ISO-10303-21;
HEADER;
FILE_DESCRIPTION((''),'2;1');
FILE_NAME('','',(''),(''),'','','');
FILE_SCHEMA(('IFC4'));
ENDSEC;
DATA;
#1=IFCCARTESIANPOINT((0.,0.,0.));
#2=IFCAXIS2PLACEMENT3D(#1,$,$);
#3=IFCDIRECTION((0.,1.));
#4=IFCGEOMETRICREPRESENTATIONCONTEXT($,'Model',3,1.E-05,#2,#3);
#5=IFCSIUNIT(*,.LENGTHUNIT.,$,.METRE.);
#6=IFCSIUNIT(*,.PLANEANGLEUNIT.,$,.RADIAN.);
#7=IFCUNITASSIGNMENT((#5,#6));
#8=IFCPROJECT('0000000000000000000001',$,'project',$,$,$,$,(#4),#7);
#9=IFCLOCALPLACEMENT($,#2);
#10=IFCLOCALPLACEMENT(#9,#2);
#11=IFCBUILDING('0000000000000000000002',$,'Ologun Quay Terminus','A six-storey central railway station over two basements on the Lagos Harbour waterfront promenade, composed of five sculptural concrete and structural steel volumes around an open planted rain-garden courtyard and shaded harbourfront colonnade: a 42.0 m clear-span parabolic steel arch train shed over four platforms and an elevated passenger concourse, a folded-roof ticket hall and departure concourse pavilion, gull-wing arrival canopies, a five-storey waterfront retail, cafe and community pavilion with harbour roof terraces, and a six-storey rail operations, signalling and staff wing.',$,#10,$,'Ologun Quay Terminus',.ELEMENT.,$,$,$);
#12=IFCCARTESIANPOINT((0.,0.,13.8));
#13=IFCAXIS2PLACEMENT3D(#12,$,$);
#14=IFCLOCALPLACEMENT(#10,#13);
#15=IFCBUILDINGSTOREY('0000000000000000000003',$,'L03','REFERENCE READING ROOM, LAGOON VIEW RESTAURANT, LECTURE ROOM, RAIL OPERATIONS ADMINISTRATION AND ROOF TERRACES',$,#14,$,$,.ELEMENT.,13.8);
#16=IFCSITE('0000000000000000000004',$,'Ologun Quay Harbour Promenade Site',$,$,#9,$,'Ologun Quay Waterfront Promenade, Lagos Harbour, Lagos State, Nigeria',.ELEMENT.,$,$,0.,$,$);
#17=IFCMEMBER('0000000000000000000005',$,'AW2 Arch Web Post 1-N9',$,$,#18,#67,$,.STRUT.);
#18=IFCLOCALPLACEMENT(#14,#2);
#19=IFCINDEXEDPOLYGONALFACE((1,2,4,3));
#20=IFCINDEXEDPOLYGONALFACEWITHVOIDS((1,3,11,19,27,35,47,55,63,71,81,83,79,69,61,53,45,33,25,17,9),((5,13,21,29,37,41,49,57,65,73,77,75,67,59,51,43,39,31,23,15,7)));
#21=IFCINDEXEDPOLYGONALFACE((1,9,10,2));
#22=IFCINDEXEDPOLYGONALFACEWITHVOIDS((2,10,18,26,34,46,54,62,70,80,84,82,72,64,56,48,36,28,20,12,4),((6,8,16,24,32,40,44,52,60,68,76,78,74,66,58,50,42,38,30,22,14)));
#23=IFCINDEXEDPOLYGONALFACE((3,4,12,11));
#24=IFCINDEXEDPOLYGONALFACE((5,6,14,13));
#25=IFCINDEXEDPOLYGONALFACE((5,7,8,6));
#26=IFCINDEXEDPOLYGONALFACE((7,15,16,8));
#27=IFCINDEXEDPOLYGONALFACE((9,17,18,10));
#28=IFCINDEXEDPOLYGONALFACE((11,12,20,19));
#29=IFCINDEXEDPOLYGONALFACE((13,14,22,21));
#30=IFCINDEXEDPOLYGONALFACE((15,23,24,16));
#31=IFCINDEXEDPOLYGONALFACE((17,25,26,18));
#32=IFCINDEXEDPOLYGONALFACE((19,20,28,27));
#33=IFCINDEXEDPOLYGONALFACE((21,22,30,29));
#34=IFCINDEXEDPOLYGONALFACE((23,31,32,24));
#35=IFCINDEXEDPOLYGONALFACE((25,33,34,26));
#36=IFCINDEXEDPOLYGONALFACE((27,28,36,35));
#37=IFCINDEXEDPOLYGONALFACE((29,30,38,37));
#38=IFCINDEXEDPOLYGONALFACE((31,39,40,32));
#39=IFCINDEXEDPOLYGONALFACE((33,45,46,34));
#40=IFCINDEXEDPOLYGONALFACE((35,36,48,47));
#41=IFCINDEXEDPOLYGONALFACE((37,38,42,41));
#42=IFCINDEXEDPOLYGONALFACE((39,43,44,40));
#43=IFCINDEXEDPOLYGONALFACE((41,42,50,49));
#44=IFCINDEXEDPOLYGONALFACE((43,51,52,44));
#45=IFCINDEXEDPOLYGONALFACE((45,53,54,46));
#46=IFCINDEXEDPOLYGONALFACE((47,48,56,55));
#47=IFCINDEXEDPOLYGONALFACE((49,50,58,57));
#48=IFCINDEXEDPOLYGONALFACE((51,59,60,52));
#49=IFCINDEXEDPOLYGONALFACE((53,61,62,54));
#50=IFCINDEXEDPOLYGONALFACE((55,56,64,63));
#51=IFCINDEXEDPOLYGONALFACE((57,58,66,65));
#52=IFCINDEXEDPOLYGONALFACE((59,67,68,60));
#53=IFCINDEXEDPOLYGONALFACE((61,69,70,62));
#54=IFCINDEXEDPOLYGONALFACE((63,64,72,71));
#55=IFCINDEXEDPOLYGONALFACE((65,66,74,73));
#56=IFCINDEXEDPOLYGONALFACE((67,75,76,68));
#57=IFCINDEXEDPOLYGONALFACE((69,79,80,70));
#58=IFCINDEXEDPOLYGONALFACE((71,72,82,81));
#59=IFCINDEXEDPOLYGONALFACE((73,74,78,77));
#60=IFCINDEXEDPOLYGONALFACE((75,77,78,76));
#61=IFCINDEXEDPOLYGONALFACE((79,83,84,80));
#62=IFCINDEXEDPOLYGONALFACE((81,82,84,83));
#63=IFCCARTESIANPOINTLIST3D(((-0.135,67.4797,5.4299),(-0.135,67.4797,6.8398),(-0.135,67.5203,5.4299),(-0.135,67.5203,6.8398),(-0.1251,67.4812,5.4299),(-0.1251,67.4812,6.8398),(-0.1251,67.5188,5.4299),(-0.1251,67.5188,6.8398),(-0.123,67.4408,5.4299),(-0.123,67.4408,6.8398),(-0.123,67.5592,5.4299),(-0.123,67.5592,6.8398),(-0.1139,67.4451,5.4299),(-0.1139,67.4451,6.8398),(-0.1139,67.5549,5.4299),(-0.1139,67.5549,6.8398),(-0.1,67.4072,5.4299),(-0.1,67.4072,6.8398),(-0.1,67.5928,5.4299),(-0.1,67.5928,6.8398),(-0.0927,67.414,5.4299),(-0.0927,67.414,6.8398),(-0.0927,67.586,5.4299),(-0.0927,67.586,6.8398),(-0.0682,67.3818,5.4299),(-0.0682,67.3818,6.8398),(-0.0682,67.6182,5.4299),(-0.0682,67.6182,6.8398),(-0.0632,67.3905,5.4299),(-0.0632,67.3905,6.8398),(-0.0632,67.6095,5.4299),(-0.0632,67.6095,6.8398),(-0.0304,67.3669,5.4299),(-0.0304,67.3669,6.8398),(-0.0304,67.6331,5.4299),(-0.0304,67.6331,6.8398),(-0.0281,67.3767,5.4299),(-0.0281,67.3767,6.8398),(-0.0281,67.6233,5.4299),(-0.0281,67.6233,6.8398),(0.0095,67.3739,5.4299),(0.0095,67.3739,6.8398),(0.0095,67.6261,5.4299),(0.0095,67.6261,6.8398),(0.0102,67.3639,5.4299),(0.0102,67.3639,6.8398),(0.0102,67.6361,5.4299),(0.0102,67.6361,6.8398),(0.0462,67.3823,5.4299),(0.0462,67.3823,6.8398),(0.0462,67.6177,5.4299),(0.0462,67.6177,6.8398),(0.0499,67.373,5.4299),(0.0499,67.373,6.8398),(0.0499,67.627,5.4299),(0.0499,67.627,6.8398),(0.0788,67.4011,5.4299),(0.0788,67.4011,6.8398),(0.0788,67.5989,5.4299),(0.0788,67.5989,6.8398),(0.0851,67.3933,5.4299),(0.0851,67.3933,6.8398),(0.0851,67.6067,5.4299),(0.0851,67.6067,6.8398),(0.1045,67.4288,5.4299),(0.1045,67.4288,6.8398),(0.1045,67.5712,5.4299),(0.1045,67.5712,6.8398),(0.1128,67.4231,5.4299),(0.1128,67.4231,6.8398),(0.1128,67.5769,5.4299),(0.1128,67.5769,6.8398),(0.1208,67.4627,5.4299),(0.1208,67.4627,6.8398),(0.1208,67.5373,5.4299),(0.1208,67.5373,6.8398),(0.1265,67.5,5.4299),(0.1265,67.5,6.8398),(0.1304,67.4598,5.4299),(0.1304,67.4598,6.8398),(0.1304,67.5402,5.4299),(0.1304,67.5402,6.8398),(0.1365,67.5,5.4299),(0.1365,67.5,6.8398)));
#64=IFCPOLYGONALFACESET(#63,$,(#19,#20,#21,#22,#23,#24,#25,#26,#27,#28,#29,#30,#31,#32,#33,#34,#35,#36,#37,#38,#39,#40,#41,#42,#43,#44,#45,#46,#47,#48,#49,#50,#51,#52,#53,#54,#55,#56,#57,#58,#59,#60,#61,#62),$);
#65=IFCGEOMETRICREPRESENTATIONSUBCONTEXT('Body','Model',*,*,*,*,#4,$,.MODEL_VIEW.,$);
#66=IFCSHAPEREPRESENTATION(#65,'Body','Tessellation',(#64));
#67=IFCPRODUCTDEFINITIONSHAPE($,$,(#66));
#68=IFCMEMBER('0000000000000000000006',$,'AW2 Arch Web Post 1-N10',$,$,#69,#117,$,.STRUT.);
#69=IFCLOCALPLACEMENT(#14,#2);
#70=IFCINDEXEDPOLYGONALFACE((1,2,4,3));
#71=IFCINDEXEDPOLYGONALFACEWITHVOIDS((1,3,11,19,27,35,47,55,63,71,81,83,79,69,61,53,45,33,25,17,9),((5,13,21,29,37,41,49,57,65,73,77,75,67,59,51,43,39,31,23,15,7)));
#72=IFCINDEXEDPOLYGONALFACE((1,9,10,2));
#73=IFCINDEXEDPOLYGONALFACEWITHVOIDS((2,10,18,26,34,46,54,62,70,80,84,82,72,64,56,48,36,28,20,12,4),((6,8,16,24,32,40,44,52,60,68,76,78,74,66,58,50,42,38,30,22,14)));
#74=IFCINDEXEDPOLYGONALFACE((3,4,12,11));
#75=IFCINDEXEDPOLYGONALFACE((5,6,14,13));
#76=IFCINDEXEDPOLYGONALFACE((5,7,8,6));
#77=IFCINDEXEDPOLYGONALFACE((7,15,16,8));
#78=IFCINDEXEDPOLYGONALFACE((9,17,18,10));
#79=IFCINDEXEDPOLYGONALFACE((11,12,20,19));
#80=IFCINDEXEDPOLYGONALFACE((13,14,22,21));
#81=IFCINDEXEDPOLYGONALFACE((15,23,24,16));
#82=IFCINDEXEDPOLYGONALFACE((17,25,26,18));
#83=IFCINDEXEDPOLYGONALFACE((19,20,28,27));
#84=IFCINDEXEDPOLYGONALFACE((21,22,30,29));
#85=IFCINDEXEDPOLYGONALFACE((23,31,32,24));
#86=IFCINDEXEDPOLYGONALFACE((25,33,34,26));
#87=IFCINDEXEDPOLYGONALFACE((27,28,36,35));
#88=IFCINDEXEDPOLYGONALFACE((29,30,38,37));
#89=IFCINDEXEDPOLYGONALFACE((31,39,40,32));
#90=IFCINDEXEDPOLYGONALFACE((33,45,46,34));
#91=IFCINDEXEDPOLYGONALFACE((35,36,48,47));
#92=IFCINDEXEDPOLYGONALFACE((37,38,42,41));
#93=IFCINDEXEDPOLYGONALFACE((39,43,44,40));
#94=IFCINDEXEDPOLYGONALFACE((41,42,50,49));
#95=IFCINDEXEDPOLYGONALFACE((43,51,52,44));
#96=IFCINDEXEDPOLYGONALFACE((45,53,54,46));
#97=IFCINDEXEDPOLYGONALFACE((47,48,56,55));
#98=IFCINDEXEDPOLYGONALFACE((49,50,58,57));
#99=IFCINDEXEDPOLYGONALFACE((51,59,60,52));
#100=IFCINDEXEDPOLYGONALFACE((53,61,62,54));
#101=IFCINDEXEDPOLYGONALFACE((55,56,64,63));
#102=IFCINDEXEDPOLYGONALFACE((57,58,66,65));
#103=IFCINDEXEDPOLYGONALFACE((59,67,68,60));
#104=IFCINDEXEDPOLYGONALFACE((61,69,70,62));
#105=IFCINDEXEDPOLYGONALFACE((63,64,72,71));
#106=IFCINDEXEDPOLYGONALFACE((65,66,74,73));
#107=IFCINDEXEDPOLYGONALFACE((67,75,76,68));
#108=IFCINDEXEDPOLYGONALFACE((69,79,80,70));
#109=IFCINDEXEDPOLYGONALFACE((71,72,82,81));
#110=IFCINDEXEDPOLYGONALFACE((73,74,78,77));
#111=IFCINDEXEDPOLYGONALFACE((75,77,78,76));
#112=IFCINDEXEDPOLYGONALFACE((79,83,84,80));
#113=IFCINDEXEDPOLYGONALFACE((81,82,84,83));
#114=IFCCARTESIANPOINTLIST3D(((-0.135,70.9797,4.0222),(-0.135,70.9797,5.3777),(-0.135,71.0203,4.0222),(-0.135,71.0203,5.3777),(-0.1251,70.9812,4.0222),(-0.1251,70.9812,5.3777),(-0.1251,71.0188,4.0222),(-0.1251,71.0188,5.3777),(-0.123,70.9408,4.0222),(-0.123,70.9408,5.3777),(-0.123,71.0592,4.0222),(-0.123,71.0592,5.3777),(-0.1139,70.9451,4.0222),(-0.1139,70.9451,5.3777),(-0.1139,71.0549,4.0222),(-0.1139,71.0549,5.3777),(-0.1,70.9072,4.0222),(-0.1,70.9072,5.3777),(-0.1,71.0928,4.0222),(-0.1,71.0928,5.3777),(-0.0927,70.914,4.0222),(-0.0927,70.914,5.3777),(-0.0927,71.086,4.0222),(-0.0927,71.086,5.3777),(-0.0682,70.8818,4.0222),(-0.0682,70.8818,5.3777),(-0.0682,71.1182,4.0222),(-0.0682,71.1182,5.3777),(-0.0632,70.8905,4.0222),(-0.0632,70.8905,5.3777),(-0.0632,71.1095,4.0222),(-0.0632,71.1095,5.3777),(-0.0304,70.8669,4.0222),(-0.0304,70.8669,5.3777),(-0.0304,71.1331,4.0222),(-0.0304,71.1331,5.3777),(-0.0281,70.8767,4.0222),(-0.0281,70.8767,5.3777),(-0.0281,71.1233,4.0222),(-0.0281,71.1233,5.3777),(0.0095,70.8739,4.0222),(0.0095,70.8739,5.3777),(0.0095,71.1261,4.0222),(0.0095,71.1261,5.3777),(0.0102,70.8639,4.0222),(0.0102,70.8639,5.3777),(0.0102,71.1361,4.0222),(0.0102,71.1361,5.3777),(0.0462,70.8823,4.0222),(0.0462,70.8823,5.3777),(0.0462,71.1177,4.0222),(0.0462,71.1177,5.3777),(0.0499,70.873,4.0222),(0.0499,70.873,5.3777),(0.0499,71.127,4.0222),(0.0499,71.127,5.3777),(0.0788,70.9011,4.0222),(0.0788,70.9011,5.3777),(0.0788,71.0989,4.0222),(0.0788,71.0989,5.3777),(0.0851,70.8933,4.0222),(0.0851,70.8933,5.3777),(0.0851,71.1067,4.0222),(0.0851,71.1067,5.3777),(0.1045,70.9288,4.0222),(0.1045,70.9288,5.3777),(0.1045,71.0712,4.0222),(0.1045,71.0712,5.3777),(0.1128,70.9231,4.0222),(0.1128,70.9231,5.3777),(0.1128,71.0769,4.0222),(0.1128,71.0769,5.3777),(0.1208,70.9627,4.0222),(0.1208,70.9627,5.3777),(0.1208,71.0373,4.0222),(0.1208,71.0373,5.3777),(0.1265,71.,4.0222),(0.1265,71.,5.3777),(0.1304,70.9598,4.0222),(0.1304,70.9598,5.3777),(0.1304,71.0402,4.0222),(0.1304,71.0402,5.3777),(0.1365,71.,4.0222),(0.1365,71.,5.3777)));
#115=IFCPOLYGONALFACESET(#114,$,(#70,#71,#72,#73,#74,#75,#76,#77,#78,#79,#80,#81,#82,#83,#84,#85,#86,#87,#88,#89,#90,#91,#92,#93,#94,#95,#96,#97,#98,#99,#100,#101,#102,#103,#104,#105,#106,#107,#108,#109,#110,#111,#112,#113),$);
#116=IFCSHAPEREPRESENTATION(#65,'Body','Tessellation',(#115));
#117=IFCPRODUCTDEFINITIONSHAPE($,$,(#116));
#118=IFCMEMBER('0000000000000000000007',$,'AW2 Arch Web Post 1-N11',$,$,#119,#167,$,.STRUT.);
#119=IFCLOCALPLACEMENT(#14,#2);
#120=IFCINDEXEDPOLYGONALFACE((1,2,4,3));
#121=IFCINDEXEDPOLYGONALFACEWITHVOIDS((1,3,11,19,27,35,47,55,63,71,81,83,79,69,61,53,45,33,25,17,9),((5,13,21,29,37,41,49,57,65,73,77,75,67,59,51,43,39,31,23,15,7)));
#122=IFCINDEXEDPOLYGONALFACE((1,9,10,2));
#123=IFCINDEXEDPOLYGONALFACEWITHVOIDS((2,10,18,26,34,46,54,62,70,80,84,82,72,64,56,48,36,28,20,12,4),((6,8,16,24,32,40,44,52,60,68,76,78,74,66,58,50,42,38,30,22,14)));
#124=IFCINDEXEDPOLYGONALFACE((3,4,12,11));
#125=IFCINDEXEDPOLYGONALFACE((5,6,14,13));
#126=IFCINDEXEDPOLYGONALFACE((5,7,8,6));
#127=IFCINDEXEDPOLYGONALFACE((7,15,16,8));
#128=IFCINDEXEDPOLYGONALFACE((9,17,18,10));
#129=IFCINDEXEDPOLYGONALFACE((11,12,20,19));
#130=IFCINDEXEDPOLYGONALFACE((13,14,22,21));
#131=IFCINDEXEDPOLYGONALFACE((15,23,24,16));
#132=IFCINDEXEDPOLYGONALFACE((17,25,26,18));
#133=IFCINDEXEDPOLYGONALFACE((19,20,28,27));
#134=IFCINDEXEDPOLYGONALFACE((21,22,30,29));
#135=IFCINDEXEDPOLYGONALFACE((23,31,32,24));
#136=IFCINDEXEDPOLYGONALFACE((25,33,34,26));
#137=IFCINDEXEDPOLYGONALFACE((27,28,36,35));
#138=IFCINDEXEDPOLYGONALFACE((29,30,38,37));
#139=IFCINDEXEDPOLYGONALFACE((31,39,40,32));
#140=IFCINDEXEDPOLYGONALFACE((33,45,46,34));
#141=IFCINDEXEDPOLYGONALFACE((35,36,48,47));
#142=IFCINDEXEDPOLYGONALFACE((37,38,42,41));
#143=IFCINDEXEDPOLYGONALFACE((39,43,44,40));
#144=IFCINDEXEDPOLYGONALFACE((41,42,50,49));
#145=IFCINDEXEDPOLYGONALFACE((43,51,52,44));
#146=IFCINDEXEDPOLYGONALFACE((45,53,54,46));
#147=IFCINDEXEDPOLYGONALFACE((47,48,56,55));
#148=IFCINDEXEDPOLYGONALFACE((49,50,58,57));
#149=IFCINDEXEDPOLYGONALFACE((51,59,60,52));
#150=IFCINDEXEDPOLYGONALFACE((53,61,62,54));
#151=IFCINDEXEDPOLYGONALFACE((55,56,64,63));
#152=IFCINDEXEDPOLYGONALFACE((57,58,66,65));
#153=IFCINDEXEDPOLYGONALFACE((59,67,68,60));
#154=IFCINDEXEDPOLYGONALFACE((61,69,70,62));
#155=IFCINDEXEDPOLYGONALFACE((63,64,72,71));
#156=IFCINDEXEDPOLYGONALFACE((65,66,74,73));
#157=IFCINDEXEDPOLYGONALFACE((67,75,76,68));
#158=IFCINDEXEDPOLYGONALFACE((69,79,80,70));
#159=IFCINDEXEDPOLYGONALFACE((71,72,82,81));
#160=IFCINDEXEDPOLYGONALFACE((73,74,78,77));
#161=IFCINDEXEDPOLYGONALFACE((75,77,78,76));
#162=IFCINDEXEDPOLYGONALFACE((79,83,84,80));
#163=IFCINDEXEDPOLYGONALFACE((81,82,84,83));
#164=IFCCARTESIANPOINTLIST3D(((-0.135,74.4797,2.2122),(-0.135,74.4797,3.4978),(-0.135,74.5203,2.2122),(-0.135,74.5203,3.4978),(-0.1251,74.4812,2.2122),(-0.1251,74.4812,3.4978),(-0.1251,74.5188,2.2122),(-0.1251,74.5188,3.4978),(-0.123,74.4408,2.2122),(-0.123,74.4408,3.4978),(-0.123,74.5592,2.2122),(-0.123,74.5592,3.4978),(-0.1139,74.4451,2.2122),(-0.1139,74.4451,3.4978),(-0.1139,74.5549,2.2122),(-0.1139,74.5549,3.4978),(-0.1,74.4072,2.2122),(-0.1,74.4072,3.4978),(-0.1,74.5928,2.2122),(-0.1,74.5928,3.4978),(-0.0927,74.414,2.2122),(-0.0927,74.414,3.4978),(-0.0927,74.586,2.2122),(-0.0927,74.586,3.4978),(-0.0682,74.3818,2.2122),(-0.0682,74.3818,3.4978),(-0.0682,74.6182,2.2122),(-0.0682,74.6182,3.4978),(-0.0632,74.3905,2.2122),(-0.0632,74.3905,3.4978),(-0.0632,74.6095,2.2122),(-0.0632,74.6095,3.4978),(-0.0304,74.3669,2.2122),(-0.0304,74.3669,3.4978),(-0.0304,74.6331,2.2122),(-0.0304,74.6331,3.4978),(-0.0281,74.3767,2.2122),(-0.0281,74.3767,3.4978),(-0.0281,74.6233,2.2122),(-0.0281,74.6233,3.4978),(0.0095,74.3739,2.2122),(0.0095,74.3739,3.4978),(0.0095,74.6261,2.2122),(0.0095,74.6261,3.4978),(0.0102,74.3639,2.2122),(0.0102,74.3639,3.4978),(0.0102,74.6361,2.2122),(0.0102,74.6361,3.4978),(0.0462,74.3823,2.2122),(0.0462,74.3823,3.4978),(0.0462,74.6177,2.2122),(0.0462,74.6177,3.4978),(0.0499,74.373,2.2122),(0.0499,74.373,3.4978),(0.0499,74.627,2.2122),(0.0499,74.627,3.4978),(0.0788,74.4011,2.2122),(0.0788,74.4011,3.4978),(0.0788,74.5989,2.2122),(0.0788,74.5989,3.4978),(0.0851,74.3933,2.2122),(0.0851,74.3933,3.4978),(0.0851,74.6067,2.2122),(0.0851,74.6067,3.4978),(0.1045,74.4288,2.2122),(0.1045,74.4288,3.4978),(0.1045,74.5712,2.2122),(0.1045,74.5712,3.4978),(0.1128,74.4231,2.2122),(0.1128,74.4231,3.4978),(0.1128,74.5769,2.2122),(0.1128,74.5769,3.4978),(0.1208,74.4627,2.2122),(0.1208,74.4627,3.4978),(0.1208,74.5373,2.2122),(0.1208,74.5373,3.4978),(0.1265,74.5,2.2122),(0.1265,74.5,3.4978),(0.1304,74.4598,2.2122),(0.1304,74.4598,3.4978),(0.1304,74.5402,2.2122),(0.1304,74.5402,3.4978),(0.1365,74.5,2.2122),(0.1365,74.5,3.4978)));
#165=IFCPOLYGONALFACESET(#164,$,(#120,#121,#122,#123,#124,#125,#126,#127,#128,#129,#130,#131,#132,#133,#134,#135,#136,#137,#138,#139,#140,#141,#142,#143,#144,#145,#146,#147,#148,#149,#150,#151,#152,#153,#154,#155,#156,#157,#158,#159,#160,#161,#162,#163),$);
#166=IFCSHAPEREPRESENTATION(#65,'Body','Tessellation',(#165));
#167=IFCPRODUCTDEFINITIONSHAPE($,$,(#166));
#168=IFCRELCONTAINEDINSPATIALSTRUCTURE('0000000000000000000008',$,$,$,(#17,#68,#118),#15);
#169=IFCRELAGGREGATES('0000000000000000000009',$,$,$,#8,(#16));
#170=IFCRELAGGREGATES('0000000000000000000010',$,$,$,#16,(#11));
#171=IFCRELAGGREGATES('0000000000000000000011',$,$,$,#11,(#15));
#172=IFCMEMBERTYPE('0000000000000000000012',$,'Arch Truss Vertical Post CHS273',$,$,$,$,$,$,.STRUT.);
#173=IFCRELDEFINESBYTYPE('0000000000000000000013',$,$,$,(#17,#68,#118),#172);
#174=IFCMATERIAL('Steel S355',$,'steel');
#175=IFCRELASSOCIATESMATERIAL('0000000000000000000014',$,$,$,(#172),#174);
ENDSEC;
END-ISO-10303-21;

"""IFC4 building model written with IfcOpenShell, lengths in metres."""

from ifc_helpers import new_model, si_unit, direction, frame, origin, origin_2d, place, context, subcontext, project, spatial, hollow_circle, extrude, material, material_profile, profile_set, type_object, element, save


model = new_model("IFC4")

# Units and contexts
model_context = context("Model", 3, precision=1e-05, world=origin(), true_north=direction((0.0, 1.0)))
body_context = subcontext(model_context, "Body", "Model", "MODEL_VIEW")
ifc_project = project(units=[si_unit("LENGTHUNIT", "METRE"), si_unit("PLANEANGLEUNIT", "RADIAN")], contexts=[model_context])

# Site, building, storey
site_placement = place(None, origin())
site = spatial("IfcSite", under=ifc_project, at=site_placement, Name="Ologun Quay Harbour Promenade Site", LongName="Ologun Quay Waterfront Promenade, Lagos Harbour, Lagos State, Nigeria", CompositionType="ELEMENT", RefElevation=0.0)
building_placement = place(site_placement, origin())
building = spatial("IfcBuilding", under=site, at=building_placement, Name="Ologun Quay Terminus", Description="A six-storey central railway station over two basements on the Lagos Harbour waterfront promenade, composed of five sculptural concrete and structural steel volumes around an open planted rain-garden courtyard and shaded harbourfront colonnade: a 42.0 m clear-span parabolic steel arch train shed over four platforms and an elevated passenger concourse, a folded-roof ticket hall and departure concourse pavilion, gull-wing arrival canopies, a five-storey waterfront retail, cafe and community pavilion with harbour roof terraces, and a six-storey rail operations, signalling and staff wing.", LongName="Ologun Quay Terminus", CompositionType="ELEMENT")
storey_placement = place(building_placement, frame((0.0, 0.0, 13.8)))
storey = spatial("IfcBuildingStorey", under=building, at=storey_placement, Name="L03", Description="REFERENCE READING ROOM, LAGOON VIEW RESTAURANT, LECTURE ROOM, RAIL OPERATIONS ADMINISTRATION AND ROOF TERRACES", CompositionType="ELEMENT", Elevation=13.8)

# Members
ifc_material_1 = material(Name="Steel S355", Category="steel")
ifc_material_profile_1 = material_profile(ifc_material_1, hollow_circle(Radius=0.1365, WallThickness=0.01, at=origin_2d()), Name="CHS 273x10")
ifc_profile_set_1 = profile_set([ifc_material_profile_1], Name="Steel S355")
member_type_1 = type_object("IfcMemberType", Name="Arch Truss Vertical Post CHS273", PredefinedType="STRUT", material=ifc_profile_set_1)
member_1_placement = place(storey_placement, frame((0.0, 67.5, 5.4299), z_axis=(0.0, 0.0, 1.0), x_axis=(1.0, 0.0, 0.0)))
element("IfcMember", 1, at=member_1_placement, inside=storey, type_object=member_type_1, Name="AW2 Arch Web Post 1-N9", PredefinedType="STRUT", context=body_context, shape_type="SweptSolid", body=[
    extrude(hollow_circle(Radius=0.1365, WallThickness=0.01, at=origin_2d()), origin(), (0.0, 0.0, 1.0), 1.4099),
])
member_2_placement = place(storey_placement, frame((0.0, 71.0, 4.0222), z_axis=(0.0, 0.0, 1.0), x_axis=(1.0, 0.0, 0.0)))
element("IfcMember", 2, at=member_2_placement, inside=storey, type_object=member_type_1, Name="AW2 Arch Web Post 1-N10", PredefinedType="STRUT", context=body_context, shape_type="SweptSolid", body=[
    extrude(hollow_circle(Radius=0.1365, WallThickness=0.01, at=origin_2d()), origin(), (0.0, 0.0, 1.0), 1.3555),
])
member_3_placement = place(storey_placement, frame((0.0, 74.5, 2.2122), z_axis=(0.0, 0.0, 1.0), x_axis=(1.0, 0.0, 0.0)))
element("IfcMember", 3, at=member_3_placement, inside=storey, type_object=member_type_1, Name="AW2 Arch Web Post 1-N11", PredefinedType="STRUT", context=body_context, shape_type="SweptSolid", body=[
    extrude(hollow_circle(Radius=0.1365, WallThickness=0.01, at=origin_2d()), origin(), (0.0, 0.0, 1.0), 1.2856),
])

save(model, "model.ifc")
